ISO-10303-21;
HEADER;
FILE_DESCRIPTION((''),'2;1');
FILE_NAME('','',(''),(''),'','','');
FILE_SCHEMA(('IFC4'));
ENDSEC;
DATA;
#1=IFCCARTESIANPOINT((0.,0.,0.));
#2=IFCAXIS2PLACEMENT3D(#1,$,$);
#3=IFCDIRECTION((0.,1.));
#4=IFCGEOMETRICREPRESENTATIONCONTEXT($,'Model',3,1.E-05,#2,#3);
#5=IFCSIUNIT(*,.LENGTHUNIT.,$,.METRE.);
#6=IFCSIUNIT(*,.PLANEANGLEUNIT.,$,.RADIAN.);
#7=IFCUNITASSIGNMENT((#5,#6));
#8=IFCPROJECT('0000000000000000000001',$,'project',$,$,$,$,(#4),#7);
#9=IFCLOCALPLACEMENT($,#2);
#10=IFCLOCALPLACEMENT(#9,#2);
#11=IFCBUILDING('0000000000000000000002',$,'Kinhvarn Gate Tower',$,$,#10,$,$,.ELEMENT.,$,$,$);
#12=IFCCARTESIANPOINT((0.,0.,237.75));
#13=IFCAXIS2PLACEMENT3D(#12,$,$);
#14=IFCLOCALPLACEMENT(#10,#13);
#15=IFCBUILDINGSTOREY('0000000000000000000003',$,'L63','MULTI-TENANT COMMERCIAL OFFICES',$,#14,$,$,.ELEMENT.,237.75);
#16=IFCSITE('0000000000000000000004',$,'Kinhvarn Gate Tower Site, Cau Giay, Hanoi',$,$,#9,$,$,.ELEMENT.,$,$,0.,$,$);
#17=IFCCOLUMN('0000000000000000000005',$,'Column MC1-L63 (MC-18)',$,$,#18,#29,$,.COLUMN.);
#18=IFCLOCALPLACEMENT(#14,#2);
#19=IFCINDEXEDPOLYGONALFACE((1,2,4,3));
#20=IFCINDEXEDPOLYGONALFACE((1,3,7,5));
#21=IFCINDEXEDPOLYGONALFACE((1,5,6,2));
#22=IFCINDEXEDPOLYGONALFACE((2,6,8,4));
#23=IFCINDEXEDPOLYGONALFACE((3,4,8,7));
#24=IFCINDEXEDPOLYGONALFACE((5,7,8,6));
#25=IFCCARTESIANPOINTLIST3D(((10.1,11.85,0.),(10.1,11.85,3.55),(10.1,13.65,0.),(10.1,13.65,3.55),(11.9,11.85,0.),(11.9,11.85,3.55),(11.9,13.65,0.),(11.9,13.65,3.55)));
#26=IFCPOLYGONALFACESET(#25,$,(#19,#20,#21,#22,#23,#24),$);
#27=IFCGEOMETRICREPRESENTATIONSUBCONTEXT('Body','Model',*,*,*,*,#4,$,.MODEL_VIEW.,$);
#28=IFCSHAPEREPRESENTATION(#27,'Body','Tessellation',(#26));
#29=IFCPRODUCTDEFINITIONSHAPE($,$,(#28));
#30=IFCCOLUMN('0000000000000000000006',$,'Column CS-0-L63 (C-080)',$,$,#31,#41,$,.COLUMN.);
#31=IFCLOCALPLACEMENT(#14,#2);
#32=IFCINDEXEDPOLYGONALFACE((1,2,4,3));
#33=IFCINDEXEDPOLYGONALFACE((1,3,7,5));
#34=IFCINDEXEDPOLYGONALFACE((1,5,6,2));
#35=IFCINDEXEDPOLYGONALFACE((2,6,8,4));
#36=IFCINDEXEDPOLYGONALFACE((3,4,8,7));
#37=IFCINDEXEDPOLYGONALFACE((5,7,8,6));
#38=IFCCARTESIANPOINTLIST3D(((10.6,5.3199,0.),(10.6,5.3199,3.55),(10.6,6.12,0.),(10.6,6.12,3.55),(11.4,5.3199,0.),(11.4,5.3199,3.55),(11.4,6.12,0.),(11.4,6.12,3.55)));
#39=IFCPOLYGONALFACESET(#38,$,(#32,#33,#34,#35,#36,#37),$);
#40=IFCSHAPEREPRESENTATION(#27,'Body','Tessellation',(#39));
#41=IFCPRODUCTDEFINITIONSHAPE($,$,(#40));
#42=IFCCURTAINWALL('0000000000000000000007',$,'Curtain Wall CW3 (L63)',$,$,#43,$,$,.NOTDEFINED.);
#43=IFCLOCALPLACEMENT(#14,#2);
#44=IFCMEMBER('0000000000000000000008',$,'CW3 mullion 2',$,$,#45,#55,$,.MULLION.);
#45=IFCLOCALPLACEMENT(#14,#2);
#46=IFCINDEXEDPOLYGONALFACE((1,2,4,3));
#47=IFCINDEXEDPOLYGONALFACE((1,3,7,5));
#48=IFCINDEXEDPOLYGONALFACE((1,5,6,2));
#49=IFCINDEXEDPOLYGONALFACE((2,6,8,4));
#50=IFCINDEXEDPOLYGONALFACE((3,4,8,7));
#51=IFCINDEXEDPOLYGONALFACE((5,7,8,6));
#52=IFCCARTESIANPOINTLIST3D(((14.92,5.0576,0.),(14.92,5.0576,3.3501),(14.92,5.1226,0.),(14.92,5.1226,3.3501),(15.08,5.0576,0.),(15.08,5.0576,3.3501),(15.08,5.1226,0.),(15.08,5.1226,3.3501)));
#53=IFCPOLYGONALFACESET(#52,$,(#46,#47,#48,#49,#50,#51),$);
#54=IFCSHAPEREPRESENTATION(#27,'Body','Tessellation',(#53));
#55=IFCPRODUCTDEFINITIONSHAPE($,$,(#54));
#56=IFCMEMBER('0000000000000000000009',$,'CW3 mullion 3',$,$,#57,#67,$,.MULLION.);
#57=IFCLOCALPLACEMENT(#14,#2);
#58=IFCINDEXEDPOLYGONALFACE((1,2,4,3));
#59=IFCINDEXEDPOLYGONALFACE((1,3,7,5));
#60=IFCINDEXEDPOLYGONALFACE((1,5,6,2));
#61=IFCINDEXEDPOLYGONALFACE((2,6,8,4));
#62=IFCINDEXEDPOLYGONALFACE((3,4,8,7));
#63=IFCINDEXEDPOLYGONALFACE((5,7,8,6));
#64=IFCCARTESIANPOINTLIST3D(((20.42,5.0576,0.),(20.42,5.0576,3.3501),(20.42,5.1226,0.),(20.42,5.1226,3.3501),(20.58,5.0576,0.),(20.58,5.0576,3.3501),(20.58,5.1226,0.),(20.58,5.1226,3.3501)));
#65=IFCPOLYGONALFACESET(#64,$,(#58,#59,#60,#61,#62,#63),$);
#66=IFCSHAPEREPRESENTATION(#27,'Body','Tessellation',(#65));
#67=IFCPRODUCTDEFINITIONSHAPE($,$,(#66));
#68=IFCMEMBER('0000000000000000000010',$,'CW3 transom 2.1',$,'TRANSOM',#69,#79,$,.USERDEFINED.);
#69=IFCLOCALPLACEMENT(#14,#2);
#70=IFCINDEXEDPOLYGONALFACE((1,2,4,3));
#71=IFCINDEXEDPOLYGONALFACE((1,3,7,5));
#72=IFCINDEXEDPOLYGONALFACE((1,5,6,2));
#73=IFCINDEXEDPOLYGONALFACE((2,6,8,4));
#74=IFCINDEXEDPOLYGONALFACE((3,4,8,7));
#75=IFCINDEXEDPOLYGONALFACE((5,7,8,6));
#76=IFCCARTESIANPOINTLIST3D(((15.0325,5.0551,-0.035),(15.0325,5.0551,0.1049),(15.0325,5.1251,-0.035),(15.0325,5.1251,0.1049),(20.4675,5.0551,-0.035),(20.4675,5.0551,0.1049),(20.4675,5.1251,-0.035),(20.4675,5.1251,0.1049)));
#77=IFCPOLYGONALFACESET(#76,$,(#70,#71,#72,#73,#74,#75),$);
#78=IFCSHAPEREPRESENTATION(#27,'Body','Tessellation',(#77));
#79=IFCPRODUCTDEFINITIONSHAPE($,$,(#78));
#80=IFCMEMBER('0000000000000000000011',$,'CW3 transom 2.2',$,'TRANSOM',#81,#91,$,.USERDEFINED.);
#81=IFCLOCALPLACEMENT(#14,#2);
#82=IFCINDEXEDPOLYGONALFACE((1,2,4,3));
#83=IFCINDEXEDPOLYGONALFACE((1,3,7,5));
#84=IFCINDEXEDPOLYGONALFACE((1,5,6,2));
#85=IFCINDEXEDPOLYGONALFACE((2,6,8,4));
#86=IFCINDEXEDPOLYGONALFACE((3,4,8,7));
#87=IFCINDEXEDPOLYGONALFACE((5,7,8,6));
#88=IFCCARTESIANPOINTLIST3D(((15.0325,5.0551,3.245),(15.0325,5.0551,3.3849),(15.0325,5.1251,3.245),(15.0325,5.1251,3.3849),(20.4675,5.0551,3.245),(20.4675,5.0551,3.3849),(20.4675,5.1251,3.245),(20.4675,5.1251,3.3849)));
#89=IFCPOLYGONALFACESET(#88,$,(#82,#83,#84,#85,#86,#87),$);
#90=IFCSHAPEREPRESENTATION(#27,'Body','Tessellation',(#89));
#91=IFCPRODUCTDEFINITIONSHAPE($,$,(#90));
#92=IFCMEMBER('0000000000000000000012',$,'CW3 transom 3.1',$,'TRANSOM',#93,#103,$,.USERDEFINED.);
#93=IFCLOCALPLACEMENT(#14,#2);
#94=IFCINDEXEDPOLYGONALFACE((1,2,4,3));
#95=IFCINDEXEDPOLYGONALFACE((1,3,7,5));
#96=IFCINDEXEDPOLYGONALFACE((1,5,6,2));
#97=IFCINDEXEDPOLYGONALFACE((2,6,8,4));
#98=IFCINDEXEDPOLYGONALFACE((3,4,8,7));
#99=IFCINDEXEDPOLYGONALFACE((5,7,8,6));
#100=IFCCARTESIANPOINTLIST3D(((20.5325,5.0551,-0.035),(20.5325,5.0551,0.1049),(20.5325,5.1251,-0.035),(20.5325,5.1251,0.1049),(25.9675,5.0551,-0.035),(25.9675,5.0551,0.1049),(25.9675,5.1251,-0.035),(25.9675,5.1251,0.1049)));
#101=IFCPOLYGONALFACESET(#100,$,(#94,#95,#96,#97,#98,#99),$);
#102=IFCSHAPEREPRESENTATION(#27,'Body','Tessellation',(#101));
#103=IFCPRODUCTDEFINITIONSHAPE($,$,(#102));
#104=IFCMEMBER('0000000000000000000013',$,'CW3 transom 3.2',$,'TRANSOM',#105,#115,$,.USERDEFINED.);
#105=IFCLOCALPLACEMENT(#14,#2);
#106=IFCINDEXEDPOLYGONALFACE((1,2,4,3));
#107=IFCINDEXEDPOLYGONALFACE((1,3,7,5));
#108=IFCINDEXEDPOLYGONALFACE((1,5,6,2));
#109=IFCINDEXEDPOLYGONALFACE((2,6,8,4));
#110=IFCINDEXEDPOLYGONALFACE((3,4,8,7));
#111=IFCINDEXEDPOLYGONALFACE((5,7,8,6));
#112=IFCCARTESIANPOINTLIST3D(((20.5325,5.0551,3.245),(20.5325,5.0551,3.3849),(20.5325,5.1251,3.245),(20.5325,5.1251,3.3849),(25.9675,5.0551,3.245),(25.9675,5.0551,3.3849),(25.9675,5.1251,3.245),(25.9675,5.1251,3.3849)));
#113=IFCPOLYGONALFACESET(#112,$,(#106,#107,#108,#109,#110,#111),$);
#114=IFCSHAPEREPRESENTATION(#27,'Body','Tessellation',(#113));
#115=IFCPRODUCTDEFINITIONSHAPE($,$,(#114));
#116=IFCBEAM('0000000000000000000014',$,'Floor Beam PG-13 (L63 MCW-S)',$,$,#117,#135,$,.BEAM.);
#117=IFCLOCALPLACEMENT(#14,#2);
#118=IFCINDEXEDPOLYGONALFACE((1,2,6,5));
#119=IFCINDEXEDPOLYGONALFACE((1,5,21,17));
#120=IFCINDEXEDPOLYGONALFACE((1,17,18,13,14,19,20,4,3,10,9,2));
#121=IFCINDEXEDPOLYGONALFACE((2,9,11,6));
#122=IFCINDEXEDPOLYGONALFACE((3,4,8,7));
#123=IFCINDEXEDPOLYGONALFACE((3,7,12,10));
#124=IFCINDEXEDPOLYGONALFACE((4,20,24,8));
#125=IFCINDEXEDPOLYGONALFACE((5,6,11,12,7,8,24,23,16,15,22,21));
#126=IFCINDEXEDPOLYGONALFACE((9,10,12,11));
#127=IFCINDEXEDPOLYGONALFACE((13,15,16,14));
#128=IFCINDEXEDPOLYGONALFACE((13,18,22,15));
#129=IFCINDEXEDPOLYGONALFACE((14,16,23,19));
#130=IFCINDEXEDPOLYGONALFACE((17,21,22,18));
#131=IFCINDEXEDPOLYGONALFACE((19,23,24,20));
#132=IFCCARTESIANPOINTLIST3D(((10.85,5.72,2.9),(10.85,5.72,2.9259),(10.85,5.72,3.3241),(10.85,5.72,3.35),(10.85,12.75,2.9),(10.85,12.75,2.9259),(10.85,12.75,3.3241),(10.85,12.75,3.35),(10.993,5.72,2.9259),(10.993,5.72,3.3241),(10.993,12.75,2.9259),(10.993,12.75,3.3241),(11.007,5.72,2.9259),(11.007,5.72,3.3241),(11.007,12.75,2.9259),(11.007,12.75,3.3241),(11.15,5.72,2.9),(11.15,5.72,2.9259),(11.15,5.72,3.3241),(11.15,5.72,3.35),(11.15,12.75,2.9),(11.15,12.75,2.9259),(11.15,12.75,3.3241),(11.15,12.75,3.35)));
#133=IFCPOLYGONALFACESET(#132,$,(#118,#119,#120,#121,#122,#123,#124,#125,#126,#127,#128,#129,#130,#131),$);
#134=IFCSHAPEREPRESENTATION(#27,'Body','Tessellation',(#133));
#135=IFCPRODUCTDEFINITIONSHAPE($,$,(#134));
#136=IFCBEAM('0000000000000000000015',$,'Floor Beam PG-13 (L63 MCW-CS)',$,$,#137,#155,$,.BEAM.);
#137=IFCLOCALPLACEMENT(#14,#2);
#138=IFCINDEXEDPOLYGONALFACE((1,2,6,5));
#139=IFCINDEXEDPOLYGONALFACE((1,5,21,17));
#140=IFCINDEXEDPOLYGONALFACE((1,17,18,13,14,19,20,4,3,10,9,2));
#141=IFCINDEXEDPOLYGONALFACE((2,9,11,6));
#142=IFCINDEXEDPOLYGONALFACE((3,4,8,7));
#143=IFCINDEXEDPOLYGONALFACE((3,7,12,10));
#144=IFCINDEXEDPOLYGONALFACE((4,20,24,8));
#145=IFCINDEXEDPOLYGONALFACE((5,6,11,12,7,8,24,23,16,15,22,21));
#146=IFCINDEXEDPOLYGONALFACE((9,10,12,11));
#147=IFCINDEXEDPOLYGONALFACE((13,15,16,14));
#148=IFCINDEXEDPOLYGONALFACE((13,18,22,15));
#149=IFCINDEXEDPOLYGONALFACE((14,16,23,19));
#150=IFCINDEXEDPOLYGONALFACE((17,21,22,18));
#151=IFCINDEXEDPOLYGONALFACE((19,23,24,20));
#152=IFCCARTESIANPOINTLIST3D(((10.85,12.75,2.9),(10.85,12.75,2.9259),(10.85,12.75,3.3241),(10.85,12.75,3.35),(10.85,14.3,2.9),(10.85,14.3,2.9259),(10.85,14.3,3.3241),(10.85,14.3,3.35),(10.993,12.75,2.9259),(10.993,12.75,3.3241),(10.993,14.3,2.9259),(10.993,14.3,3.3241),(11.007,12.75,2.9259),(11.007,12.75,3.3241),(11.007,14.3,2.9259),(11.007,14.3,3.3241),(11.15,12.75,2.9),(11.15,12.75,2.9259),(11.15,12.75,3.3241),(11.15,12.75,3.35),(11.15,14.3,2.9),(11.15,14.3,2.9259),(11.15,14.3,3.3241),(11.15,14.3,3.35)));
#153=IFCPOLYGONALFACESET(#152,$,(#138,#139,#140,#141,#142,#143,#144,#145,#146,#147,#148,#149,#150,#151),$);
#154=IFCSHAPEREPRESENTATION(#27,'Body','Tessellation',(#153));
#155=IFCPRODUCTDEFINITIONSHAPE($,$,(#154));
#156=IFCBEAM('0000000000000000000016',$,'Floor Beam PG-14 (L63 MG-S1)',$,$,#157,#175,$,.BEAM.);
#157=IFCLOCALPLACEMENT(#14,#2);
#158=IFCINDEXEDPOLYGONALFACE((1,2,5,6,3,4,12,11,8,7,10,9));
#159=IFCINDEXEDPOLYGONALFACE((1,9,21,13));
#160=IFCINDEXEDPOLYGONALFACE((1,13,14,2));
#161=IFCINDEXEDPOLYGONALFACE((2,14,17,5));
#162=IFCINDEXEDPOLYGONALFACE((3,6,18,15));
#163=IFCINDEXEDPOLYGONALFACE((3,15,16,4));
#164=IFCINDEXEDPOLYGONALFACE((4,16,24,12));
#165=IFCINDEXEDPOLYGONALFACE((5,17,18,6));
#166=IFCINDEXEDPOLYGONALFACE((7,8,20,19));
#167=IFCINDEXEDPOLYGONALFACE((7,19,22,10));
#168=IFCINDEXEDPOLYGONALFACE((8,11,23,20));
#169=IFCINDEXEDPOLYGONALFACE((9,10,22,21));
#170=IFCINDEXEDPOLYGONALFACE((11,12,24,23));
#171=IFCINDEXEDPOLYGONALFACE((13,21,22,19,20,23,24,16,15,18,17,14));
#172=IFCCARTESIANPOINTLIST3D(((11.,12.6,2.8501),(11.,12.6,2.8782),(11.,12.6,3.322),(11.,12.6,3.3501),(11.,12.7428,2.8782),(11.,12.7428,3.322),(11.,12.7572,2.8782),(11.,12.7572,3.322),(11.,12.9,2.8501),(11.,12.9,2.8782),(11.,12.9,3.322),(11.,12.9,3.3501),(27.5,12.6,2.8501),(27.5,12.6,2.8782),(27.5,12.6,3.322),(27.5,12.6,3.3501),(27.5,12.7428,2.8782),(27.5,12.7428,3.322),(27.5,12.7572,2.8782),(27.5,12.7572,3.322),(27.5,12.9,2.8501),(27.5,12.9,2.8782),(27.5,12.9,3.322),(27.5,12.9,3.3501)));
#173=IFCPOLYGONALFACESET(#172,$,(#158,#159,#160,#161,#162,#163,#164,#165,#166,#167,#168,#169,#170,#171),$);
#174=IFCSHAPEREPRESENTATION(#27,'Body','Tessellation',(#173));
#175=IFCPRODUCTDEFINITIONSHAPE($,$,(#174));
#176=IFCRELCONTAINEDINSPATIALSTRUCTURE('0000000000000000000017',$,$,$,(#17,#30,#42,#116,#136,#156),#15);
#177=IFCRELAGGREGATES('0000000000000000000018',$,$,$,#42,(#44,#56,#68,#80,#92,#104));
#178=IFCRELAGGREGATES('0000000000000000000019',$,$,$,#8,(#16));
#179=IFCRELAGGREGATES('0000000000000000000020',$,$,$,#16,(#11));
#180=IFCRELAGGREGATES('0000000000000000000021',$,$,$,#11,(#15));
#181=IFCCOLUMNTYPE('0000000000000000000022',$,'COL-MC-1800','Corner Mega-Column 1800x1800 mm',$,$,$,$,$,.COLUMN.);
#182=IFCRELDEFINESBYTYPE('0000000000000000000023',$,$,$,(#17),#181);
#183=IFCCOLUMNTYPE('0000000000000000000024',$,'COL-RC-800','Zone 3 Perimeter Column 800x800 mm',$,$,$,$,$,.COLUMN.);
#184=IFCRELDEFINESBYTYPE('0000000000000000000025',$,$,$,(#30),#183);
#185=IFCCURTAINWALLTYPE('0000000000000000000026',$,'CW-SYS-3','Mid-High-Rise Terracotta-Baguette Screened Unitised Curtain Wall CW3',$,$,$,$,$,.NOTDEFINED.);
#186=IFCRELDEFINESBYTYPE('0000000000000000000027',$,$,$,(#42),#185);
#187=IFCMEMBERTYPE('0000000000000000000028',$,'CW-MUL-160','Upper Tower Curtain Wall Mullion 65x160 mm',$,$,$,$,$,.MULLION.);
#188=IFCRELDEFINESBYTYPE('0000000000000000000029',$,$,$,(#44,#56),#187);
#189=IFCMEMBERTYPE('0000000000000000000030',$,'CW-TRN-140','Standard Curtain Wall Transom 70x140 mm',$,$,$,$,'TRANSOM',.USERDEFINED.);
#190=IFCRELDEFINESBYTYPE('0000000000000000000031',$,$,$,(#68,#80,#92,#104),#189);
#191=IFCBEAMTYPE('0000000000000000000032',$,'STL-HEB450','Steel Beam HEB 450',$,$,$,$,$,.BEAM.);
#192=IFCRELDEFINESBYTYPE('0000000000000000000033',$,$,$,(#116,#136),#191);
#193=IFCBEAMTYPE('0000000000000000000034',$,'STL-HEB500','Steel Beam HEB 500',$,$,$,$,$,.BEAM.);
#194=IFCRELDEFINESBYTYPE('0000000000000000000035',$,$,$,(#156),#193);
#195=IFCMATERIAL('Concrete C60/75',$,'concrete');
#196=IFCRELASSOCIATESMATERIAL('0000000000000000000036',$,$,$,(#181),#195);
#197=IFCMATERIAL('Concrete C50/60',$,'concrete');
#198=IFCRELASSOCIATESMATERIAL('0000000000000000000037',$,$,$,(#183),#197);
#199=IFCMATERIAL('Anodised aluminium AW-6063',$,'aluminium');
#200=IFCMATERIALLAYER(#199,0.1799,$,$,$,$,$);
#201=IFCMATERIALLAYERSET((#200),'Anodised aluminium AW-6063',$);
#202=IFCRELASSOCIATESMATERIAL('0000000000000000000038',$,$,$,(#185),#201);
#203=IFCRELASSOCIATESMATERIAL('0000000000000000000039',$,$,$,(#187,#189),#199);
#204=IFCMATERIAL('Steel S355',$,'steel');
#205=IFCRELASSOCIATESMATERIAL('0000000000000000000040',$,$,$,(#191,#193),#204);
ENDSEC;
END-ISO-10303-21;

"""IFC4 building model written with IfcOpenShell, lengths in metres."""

from ifc_helpers import new_model, si_unit, direction, frame, origin, origin_2d, place, context, subcontext, project, spatial, rectangle, i_section, extrude, material, layer, layer_set, material_profile, profile_set, type_object, element, aggregate, save


model = new_model("IFC4")

# Units and contexts
model_context = context("Model", 3, precision=1e-05, world=origin(), true_north=direction((0.0, 1.0)))
body_context = subcontext(model_context, "Body", "Model", "MODEL_VIEW")
ifc_project = project(units=[si_unit("LENGTHUNIT", "METRE"), si_unit("PLANEANGLEUNIT", "RADIAN")], contexts=[model_context])

# Site, building, storey
site_placement = place(None, origin())
site = spatial("IfcSite", under=ifc_project, at=site_placement, Name="Kinhvarn Gate Tower Site, Cau Giay, Hanoi", CompositionType="ELEMENT", RefElevation=0.0)
building_placement = place(site_placement, origin())
building = spatial("IfcBuilding", under=site, at=building_placement, Name="Kinhvarn Gate Tower", CompositionType="ELEMENT")
storey_placement = place(building_placement, frame((0.0, 0.0, 237.75)))
storey = spatial("IfcBuildingStorey", under=building, at=storey_placement, Name="L63", Description="MULTI-TENANT COMMERCIAL OFFICES", CompositionType="ELEMENT", Elevation=237.75)

# Columns
ifc_material_1 = material(Name="Concrete C60/75", Category="concrete")
ifc_material_profile_1 = material_profile(ifc_material_1, rectangle(XDim=1.8, YDim=1.8, at=origin_2d()), Name="RC 1800x1800")
ifc_profile_set_1 = profile_set([ifc_material_profile_1], Name="Concrete C60/75")
column_type_1 = type_object("IfcColumnType", Name="COL-MC-1800", Description="Corner Mega-Column 1800x1800 mm", PredefinedType="COLUMN", material=ifc_profile_set_1)
column_1_placement = place(storey_placement, frame((11.0, 12.75, 0.0), z_axis=(0.0, 0.0, 1.0), x_axis=(1.0, 0.0, 0.0)))
element("IfcColumn", 1, at=column_1_placement, inside=storey, type_object=column_type_1, Name="Column MC1-L63 (MC-18)", PredefinedType="COLUMN", context=body_context, shape_type="SweptSolid", body=[
    extrude(rectangle(XDim=1.8, YDim=1.8, at=origin_2d()), origin(), (0.0, 0.0, 1.0), 3.55),
])
ifc_material_2 = material(Name="Concrete C50/60", Category="concrete")
ifc_material_profile_2 = material_profile(ifc_material_2, rectangle(XDim=0.8, YDim=0.8, at=origin_2d()), Name="RC 800x800")
ifc_profile_set_2 = profile_set([ifc_material_profile_2], Name="Concrete C50/60")
column_type_2 = type_object("IfcColumnType", Name="COL-RC-800", Description="Zone 3 Perimeter Column 800x800 mm", PredefinedType="COLUMN", material=ifc_profile_set_2)
column_2_placement = place(storey_placement, frame((11.0, 5.72, 0.0), z_axis=(0.0, 0.0, 1.0), x_axis=(1.0, 0.0, 0.0)))
element("IfcColumn", 2, at=column_2_placement, inside=storey, type_object=column_type_2, Name="Column CS-0-L63 (C-080)", PredefinedType="COLUMN", context=body_context, shape_type="SweptSolid", body=[
    extrude(rectangle(XDim=0.8, YDim=0.8, at=origin_2d()), origin(), (0.0, 0.0, 1.0), 3.55),
])

# Curtain wall, members
ifc_material_3 = material(Name="Anodised aluminium AW-6063", Category="aluminium")
ifc_layer_1 = layer(ifc_material_3, 0.1799)
ifc_layer_set_1 = layer_set([ifc_layer_1], Name="Anodised aluminium AW-6063")
curtain_wall_type = type_object("IfcCurtainWallType", Name="CW-SYS-3", Description="Mid-High-Rise Terracotta-Baguette Screened Unitised Curtain Wall CW3", PredefinedType="NOTDEFINED", material=ifc_layer_set_1)
curtain_wall_placement = place(storey_placement, origin())
curtain_wall = element("IfcCurtainWall", 3, at=curtain_wall_placement, inside=storey, type_object=curtain_wall_type, Name="Curtain Wall CW3 (L63)", PredefinedType="NOTDEFINED")
ifc_material_profile_3 = material_profile(ifc_material_3, rectangle(XDim=0.0649, YDim=0.1599, at=origin_2d()), Name="ALU 65x160")
ifc_profile_set_3 = profile_set([ifc_material_profile_3], Name="Anodised aluminium AW-6063")
member_type_1 = type_object("IfcMemberType", Name="CW-MUL-160", Description="Upper Tower Curtain Wall Mullion 65x160 mm", PredefinedType="MULLION", material=ifc_profile_set_3)
member_1_placement = place(storey_placement, frame((15.0, 5.0901, 0.0), z_axis=(0.0, 0.0, 1.0), x_axis=(0.0, 1.0, 0.0)))
member_1 = element("IfcMember", 4, at=member_1_placement, type_object=member_type_1, Name="CW3 mullion 2", PredefinedType="MULLION", context=body_context, shape_type="SweptSolid", body=[
    extrude(rectangle(XDim=0.0649, YDim=0.1599, at=origin_2d()), origin(), (0.0, 0.0, 1.0), 3.3501),
])
member_2_placement = place(storey_placement, frame((20.5, 5.0901, 0.0), z_axis=(0.0, 0.0, 1.0), x_axis=(0.0, 1.0, 0.0)))
member_2 = element("IfcMember", 5, at=member_2_placement, type_object=member_type_1, Name="CW3 mullion 3", PredefinedType="MULLION", context=body_context, shape_type="SweptSolid", body=[
    extrude(rectangle(XDim=0.0649, YDim=0.1599, at=origin_2d()), origin(), (0.0, 0.0, 1.0), 3.3501),
])
ifc_material_profile_4 = material_profile(ifc_material_3, rectangle(XDim=0.0701, YDim=0.1399, at=origin_2d()), Name="ALU 70x140")
ifc_profile_set_4 = profile_set([ifc_material_profile_4], Name="Anodised aluminium AW-6063")
member_type_2 = type_object("IfcMemberType", Name="CW-TRN-140", Description="Standard Curtain Wall Transom 70x140 mm", ElementType="TRANSOM", PredefinedType="USERDEFINED", material=ifc_profile_set_4)
member_3_placement = place(storey_placement, frame((15.0325, 5.0901, 0.0349), z_axis=(1.0, 0.0, 0.0), x_axis=(0.0, 1.0, 0.0)))
member_3 = element("IfcMember", 6, at=member_3_placement, type_object=member_type_2, Name="CW3 transom 2.1", ObjectType="TRANSOM", PredefinedType="USERDEFINED", context=body_context, shape_type="SweptSolid", body=[
    extrude(rectangle(XDim=0.0701, YDim=0.1399, at=origin_2d()), origin(), (0.0, 0.0, 1.0), 5.4351),
])
member_4_placement = place(storey_placement, frame((15.0325, 5.0901, 3.3149), z_axis=(1.0, 0.0, 0.0), x_axis=(0.0, 1.0, 0.0)))
member_4 = element("IfcMember", 7, at=member_4_placement, type_object=member_type_2, Name="CW3 transom 2.2", ObjectType="TRANSOM", PredefinedType="USERDEFINED", context=body_context, shape_type="SweptSolid", body=[
    extrude(rectangle(XDim=0.0701, YDim=0.1399, at=origin_2d()), origin(), (0.0, 0.0, 1.0), 5.4351),
])
member_5_placement = place(storey_placement, frame((20.5325, 5.0901, 0.0349), z_axis=(1.0, 0.0, 0.0), x_axis=(0.0, 1.0, 0.0)))
member_5 = element("IfcMember", 8, at=member_5_placement, type_object=member_type_2, Name="CW3 transom 3.1", ObjectType="TRANSOM", PredefinedType="USERDEFINED", context=body_context, shape_type="SweptSolid", body=[
    extrude(rectangle(XDim=0.0701, YDim=0.1399, at=origin_2d()), origin(), (0.0, 0.0, 1.0), 5.4351),
])
member_6_placement = place(storey_placement, frame((20.5325, 5.0901, 3.3149), z_axis=(1.0, 0.0, 0.0), x_axis=(0.0, 1.0, 0.0)))
member_6 = element("IfcMember", 9, at=member_6_placement, type_object=member_type_2, Name="CW3 transom 3.2", ObjectType="TRANSOM", PredefinedType="USERDEFINED", context=body_context, shape_type="SweptSolid", body=[
    extrude(rectangle(XDim=0.0701, YDim=0.1399, at=origin_2d()), origin(), (0.0, 0.0, 1.0), 5.4351),
])

# Beams
ifc_material_4 = material(Name="Steel S355", Category="steel")
ifc_material_profile_5 = material_profile(ifc_material_4, i_section(OverallWidth=0.3, OverallDepth=0.45, WebThickness=0.0139, FlangeThickness=0.0259, at=origin_2d()), Name="HEB 450")
ifc_profile_set_5 = profile_set([ifc_material_profile_5], Name="Steel S355")
beam_type_1 = type_object("IfcBeamType", Name="STL-HEB450", Description="Steel Beam HEB 450", PredefinedType="BEAM", material=ifc_profile_set_5)
beam_1_placement = place(storey_placement, frame((11.0, 5.72, 3.125), z_axis=(0.0, 1.0, 0.0), x_axis=(-1.0, 0.0, 0.0)))
element("IfcBeam", 10, at=beam_1_placement, inside=storey, type_object=beam_type_1, Name="Floor Beam PG-13 (L63 MCW-S)", PredefinedType="BEAM", context=body_context, shape_type="SweptSolid", body=[
    extrude(i_section(OverallWidth=0.3, OverallDepth=0.45, WebThickness=0.0139, FlangeThickness=0.0259, at=origin_2d()), origin(), (0.0, 0.0, 1.0), 7.03),
])
beam_2_placement = place(storey_placement, frame((11.0, 12.75, 3.125), z_axis=(0.0, 1.0, 0.0), x_axis=(-1.0, 0.0, 0.0)))
element("IfcBeam", 11, at=beam_2_placement, inside=storey, type_object=beam_type_1, Name="Floor Beam PG-13 (L63 MCW-CS)", PredefinedType="BEAM", context=body_context, shape_type="SweptSolid", body=[
    extrude(i_section(OverallWidth=0.3, OverallDepth=0.45, WebThickness=0.0139, FlangeThickness=0.0259, at=origin_2d()), origin(), (0.0, 0.0, 1.0), 1.55),
])
ifc_material_profile_6 = material_profile(ifc_material_4, i_section(OverallWidth=0.3, OverallDepth=0.5, WebThickness=0.0144, FlangeThickness=0.0281, at=origin_2d()), Name="HEB 500")
ifc_profile_set_6 = profile_set([ifc_material_profile_6], Name="Steel S355")
beam_type_2 = type_object("IfcBeamType", Name="STL-HEB500", Description="Steel Beam HEB 500", PredefinedType="BEAM", material=ifc_profile_set_6)
beam_3_placement = place(storey_placement, frame((11.0, 12.75, 3.1001), z_axis=(1.0, 0.0, 0.0), x_axis=(0.0, 1.0, 0.0)))
element("IfcBeam", 12, at=beam_3_placement, inside=storey, type_object=beam_type_2, Name="Floor Beam PG-14 (L63 MG-S1)", PredefinedType="BEAM", context=body_context, shape_type="SweptSolid", body=[
    extrude(i_section(OverallWidth=0.3, OverallDepth=0.5, WebThickness=0.0144, FlangeThickness=0.0281, at=origin_2d()), origin(), (0.0, 0.0, 1.0), 16.5),
])

aggregate(curtain_wall, [member_1, member_2, member_3, member_4, member_5, member_6])

save(model, "model.ifc")
